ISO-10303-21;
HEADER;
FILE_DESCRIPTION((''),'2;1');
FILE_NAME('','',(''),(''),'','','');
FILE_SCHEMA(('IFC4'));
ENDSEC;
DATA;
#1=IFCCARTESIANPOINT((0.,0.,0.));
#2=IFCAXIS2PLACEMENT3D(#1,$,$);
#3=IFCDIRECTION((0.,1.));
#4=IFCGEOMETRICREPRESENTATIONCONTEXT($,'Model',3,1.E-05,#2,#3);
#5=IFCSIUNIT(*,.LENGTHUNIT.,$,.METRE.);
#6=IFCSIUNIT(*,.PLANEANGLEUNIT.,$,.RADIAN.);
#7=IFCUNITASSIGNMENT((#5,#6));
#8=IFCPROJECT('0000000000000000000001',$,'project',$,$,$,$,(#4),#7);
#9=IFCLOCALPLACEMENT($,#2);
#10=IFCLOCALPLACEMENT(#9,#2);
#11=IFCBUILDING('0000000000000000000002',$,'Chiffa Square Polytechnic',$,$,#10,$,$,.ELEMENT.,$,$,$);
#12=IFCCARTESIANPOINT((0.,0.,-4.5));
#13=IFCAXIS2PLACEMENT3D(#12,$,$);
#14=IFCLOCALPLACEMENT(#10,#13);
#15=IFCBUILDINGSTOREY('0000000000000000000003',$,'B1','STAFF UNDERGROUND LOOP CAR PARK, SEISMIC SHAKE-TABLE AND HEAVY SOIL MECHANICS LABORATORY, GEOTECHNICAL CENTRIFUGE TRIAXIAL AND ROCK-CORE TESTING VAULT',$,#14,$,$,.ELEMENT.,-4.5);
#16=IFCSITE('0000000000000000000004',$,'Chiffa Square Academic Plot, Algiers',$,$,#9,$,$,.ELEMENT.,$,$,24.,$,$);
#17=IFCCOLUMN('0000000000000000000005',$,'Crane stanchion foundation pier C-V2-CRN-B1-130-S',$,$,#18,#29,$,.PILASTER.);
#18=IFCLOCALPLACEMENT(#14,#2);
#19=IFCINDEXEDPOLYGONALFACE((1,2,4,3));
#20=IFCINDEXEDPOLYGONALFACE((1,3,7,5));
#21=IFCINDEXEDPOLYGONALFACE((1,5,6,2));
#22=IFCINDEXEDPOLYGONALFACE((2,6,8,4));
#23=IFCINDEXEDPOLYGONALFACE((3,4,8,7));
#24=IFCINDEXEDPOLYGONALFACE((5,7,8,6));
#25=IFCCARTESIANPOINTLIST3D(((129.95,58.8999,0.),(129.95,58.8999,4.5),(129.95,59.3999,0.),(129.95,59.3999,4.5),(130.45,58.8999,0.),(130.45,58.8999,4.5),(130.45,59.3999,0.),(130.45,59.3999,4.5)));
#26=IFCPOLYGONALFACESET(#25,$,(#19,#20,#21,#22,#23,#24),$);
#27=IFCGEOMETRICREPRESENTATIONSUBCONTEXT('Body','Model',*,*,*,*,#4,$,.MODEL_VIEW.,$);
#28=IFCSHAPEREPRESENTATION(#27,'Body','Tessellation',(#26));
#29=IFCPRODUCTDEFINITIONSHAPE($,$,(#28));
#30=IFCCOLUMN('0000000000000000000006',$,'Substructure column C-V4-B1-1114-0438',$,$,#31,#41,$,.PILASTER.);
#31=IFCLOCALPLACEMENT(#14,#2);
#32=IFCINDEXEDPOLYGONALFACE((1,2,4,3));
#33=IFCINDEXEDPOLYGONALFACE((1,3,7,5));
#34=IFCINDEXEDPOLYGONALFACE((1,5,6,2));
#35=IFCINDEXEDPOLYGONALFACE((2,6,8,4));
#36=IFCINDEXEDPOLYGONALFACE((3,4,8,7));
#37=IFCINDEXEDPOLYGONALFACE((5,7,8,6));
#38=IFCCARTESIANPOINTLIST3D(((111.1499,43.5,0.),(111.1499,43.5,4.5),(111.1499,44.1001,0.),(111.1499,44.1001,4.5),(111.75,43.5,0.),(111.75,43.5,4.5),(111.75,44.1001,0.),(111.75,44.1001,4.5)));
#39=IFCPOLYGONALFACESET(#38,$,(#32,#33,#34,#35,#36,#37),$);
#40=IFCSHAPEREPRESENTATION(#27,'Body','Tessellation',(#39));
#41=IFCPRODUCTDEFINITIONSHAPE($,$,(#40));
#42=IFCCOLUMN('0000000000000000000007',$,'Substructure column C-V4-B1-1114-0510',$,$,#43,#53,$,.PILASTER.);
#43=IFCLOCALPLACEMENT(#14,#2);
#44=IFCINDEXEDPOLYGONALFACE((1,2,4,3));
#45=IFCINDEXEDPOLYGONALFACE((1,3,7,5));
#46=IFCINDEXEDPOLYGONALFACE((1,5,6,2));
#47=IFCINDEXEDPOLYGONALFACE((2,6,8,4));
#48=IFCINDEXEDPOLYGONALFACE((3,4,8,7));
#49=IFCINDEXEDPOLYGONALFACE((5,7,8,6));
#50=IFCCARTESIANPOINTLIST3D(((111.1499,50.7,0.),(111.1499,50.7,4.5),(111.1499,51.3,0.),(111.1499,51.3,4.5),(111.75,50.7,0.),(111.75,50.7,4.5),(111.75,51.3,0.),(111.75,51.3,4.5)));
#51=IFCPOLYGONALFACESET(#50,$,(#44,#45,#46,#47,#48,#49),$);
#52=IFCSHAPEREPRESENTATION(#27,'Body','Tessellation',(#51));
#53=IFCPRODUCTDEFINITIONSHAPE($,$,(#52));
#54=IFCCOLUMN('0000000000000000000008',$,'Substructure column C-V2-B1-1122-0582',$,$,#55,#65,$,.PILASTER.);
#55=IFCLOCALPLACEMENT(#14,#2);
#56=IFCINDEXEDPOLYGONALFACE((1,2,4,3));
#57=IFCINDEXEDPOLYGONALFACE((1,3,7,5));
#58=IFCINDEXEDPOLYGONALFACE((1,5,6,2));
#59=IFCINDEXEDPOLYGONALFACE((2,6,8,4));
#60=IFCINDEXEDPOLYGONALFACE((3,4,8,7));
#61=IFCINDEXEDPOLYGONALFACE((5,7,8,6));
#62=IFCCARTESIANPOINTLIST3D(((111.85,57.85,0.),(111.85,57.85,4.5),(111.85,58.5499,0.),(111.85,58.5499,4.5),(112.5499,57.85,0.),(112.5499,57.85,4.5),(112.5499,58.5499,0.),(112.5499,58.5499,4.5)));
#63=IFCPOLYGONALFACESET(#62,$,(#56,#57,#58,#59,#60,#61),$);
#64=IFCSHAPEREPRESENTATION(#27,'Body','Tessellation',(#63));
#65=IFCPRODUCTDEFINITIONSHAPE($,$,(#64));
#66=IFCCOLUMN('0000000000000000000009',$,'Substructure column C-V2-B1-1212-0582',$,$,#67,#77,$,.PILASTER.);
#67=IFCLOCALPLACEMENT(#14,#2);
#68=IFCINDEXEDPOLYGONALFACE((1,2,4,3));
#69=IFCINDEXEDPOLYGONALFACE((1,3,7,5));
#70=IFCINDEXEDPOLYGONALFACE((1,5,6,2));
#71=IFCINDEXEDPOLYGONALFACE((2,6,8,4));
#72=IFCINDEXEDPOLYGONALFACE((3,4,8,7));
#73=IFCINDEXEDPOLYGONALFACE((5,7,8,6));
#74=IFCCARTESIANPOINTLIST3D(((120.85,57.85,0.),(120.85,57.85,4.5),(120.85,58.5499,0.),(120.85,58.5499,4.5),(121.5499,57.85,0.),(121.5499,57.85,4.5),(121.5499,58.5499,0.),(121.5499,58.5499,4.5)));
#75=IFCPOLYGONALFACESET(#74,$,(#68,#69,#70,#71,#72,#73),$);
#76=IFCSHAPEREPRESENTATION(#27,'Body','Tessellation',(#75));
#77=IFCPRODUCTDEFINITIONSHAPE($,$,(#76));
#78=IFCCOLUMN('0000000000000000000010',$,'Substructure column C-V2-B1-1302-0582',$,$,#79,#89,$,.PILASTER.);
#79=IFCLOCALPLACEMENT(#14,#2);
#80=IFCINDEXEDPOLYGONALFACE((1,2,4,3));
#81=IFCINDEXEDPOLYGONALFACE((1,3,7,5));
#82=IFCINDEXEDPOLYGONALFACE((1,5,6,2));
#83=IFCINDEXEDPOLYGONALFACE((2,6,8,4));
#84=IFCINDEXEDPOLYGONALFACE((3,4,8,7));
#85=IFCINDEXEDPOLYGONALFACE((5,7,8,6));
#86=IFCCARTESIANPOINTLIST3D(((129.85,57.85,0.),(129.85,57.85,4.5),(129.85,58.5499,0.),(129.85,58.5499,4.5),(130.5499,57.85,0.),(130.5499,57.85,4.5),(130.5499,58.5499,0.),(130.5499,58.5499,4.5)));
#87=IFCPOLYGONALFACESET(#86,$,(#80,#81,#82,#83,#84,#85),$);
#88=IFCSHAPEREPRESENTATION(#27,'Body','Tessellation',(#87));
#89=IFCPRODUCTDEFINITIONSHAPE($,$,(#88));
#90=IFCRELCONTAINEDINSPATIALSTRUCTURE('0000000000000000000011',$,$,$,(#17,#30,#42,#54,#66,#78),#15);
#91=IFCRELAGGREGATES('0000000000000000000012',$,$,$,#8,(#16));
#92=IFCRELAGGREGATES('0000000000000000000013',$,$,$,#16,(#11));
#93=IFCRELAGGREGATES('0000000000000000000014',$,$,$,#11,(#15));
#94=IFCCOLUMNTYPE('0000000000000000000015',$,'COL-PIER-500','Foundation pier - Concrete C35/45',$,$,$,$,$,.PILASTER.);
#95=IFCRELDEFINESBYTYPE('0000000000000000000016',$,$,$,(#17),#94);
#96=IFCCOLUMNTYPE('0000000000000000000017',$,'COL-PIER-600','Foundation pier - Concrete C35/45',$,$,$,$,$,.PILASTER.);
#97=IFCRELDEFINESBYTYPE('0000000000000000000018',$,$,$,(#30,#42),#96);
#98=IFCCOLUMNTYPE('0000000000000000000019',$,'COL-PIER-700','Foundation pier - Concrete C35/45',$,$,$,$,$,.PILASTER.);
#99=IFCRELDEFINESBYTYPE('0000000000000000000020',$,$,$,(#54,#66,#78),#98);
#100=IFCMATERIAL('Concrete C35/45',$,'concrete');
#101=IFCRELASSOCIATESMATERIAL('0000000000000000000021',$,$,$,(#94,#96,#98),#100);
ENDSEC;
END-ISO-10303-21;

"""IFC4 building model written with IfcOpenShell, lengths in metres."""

from ifc_helpers import new_model, si_unit, direction, frame, origin, origin_2d, place, context, subcontext, project, spatial, rectangle, extrude, material, material_profile, profile_set, type_object, element, save


model = new_model("IFC4")

# Units and contexts
model_context = context("Model", 3, precision=1e-05, world=origin(), true_north=direction((0.0, 1.0)))
body_context = subcontext(model_context, "Body", "Model", "MODEL_VIEW")
ifc_project = project(units=[si_unit("LENGTHUNIT", "METRE"), si_unit("PLANEANGLEUNIT", "RADIAN")], contexts=[model_context])

# Site, building, storey
site_placement = place(None, origin())
site = spatial("IfcSite", under=ifc_project, at=site_placement, Name="Chiffa Square Academic Plot, Algiers", CompositionType="ELEMENT", RefElevation=24.0)
building_placement = place(site_placement, origin())
building = spatial("IfcBuilding", under=site, at=building_placement, Name="Chiffa Square Polytechnic", CompositionType="ELEMENT")
storey_placement = place(building_placement, frame((0.0, 0.0, -4.5)))
storey = spatial("IfcBuildingStorey", under=building, at=storey_placement, Name="B1", Description="STAFF UNDERGROUND LOOP CAR PARK, SEISMIC SHAKE-TABLE AND HEAVY SOIL MECHANICS LABORATORY, GEOTECHNICAL CENTRIFUGE TRIAXIAL AND ROCK-CORE TESTING VAULT", CompositionType="ELEMENT", Elevation=-4.5)

# Shared definitions
ifc_material = material(Name="Concrete C35/45", Category="concrete")

# Columns
ifc_material_profile_1 = material_profile(ifc_material, rectangle(XDim=0.5, YDim=0.5, at=origin_2d()), Name="RC 500x500")
ifc_profile_set_1 = profile_set([ifc_material_profile_1], Name="Concrete C35/45")
column_type_1 = type_object("IfcColumnType", Name="COL-PIER-500", Description="Foundation pier - Concrete C35/45", PredefinedType="PILASTER", material=ifc_profile_set_1)
for number, where, z_axis, x_axis, name in (
    (1, (130.2, 59.1499, 0.0), (0.0, 0.0, 1.0), (1.0, 0.0, 0.0), "Crane stanchion foundation pier C-V2-CRN-B1-130-S"),
):
    element("IfcColumn", number, at=place(storey_placement, frame(where, z_axis=z_axis, x_axis=x_axis)), inside=storey, type_object=column_type_1, Name=name, PredefinedType="PILASTER", context=body_context, shape_type="SweptSolid", body=[
        extrude(rectangle(XDim=0.5, YDim=0.5, at=origin_2d()), origin(), (0.0, 0.0, 1.0), 4.5),
    ])
ifc_material_profile_2 = material_profile(ifc_material, rectangle(XDim=0.6001, YDim=0.6001, at=origin_2d()), Name="RC 600x600")
ifc_profile_set_2 = profile_set([ifc_material_profile_2], Name="Concrete C35/45")
column_type_2 = type_object("IfcColumnType", Name="COL-PIER-600", Description="Foundation pier - Concrete C35/45", PredefinedType="PILASTER", material=ifc_profile_set_2)
for number, where, z_axis, x_axis, name in (
    (2, (111.45, 43.8, 0.0), (0.0, 0.0, 1.0), (1.0, 0.0, 0.0), "Substructure column C-V4-B1-1114-0438"),
    (3, (111.45, 51.0, 0.0), (0.0, 0.0, 1.0), (1.0, 0.0, 0.0), "Substructure column C-V4-B1-1114-0510"),
):
    element("IfcColumn", number, at=place(storey_placement, frame(where, z_axis=z_axis, x_axis=x_axis)), inside=storey, type_object=column_type_2, Name=name, PredefinedType="PILASTER", context=body_context, shape_type="SweptSolid", body=[
        extrude(rectangle(XDim=0.6001, YDim=0.6001, at=origin_2d()), origin(), (0.0, 0.0, 1.0), 4.5),
    ])
ifc_material_profile_3 = material_profile(ifc_material, rectangle(XDim=0.7, YDim=0.7, at=origin_2d()), Name="RC 700x700")
ifc_profile_set_3 = profile_set([ifc_material_profile_3], Name="Concrete C35/45")
column_type_3 = type_object("IfcColumnType", Name="COL-PIER-700", Description="Foundation pier - Concrete C35/45", PredefinedType="PILASTER", material=ifc_profile_set_3)
for number, where, z_axis, x_axis, name in (
    (4, (112.2, 58.2, 0.0), (0.0, 0.0, 1.0), (1.0, 0.0, 0.0), "Substructure column C-V2-B1-1122-0582"),
    (5, (121.2, 58.2, 0.0), (0.0, 0.0, 1.0), (1.0, 0.0, 0.0), "Substructure column C-V2-B1-1212-0582"),
    (6, (130.2, 58.2, 0.0), (0.0, 0.0, 1.0), (1.0, 0.0, 0.0), "Substructure column C-V2-B1-1302-0582"),
):
    element("IfcColumn", number, at=place(storey_placement, frame(where, z_axis=z_axis, x_axis=x_axis)), inside=storey, type_object=column_type_3, Name=name, PredefinedType="PILASTER", context=body_context, shape_type="SweptSolid", body=[
        extrude(rectangle(XDim=0.7, YDim=0.7, at=origin_2d()), origin(), (0.0, 0.0, 1.0), 4.5),
    ])

save(model, "model.ifc")
